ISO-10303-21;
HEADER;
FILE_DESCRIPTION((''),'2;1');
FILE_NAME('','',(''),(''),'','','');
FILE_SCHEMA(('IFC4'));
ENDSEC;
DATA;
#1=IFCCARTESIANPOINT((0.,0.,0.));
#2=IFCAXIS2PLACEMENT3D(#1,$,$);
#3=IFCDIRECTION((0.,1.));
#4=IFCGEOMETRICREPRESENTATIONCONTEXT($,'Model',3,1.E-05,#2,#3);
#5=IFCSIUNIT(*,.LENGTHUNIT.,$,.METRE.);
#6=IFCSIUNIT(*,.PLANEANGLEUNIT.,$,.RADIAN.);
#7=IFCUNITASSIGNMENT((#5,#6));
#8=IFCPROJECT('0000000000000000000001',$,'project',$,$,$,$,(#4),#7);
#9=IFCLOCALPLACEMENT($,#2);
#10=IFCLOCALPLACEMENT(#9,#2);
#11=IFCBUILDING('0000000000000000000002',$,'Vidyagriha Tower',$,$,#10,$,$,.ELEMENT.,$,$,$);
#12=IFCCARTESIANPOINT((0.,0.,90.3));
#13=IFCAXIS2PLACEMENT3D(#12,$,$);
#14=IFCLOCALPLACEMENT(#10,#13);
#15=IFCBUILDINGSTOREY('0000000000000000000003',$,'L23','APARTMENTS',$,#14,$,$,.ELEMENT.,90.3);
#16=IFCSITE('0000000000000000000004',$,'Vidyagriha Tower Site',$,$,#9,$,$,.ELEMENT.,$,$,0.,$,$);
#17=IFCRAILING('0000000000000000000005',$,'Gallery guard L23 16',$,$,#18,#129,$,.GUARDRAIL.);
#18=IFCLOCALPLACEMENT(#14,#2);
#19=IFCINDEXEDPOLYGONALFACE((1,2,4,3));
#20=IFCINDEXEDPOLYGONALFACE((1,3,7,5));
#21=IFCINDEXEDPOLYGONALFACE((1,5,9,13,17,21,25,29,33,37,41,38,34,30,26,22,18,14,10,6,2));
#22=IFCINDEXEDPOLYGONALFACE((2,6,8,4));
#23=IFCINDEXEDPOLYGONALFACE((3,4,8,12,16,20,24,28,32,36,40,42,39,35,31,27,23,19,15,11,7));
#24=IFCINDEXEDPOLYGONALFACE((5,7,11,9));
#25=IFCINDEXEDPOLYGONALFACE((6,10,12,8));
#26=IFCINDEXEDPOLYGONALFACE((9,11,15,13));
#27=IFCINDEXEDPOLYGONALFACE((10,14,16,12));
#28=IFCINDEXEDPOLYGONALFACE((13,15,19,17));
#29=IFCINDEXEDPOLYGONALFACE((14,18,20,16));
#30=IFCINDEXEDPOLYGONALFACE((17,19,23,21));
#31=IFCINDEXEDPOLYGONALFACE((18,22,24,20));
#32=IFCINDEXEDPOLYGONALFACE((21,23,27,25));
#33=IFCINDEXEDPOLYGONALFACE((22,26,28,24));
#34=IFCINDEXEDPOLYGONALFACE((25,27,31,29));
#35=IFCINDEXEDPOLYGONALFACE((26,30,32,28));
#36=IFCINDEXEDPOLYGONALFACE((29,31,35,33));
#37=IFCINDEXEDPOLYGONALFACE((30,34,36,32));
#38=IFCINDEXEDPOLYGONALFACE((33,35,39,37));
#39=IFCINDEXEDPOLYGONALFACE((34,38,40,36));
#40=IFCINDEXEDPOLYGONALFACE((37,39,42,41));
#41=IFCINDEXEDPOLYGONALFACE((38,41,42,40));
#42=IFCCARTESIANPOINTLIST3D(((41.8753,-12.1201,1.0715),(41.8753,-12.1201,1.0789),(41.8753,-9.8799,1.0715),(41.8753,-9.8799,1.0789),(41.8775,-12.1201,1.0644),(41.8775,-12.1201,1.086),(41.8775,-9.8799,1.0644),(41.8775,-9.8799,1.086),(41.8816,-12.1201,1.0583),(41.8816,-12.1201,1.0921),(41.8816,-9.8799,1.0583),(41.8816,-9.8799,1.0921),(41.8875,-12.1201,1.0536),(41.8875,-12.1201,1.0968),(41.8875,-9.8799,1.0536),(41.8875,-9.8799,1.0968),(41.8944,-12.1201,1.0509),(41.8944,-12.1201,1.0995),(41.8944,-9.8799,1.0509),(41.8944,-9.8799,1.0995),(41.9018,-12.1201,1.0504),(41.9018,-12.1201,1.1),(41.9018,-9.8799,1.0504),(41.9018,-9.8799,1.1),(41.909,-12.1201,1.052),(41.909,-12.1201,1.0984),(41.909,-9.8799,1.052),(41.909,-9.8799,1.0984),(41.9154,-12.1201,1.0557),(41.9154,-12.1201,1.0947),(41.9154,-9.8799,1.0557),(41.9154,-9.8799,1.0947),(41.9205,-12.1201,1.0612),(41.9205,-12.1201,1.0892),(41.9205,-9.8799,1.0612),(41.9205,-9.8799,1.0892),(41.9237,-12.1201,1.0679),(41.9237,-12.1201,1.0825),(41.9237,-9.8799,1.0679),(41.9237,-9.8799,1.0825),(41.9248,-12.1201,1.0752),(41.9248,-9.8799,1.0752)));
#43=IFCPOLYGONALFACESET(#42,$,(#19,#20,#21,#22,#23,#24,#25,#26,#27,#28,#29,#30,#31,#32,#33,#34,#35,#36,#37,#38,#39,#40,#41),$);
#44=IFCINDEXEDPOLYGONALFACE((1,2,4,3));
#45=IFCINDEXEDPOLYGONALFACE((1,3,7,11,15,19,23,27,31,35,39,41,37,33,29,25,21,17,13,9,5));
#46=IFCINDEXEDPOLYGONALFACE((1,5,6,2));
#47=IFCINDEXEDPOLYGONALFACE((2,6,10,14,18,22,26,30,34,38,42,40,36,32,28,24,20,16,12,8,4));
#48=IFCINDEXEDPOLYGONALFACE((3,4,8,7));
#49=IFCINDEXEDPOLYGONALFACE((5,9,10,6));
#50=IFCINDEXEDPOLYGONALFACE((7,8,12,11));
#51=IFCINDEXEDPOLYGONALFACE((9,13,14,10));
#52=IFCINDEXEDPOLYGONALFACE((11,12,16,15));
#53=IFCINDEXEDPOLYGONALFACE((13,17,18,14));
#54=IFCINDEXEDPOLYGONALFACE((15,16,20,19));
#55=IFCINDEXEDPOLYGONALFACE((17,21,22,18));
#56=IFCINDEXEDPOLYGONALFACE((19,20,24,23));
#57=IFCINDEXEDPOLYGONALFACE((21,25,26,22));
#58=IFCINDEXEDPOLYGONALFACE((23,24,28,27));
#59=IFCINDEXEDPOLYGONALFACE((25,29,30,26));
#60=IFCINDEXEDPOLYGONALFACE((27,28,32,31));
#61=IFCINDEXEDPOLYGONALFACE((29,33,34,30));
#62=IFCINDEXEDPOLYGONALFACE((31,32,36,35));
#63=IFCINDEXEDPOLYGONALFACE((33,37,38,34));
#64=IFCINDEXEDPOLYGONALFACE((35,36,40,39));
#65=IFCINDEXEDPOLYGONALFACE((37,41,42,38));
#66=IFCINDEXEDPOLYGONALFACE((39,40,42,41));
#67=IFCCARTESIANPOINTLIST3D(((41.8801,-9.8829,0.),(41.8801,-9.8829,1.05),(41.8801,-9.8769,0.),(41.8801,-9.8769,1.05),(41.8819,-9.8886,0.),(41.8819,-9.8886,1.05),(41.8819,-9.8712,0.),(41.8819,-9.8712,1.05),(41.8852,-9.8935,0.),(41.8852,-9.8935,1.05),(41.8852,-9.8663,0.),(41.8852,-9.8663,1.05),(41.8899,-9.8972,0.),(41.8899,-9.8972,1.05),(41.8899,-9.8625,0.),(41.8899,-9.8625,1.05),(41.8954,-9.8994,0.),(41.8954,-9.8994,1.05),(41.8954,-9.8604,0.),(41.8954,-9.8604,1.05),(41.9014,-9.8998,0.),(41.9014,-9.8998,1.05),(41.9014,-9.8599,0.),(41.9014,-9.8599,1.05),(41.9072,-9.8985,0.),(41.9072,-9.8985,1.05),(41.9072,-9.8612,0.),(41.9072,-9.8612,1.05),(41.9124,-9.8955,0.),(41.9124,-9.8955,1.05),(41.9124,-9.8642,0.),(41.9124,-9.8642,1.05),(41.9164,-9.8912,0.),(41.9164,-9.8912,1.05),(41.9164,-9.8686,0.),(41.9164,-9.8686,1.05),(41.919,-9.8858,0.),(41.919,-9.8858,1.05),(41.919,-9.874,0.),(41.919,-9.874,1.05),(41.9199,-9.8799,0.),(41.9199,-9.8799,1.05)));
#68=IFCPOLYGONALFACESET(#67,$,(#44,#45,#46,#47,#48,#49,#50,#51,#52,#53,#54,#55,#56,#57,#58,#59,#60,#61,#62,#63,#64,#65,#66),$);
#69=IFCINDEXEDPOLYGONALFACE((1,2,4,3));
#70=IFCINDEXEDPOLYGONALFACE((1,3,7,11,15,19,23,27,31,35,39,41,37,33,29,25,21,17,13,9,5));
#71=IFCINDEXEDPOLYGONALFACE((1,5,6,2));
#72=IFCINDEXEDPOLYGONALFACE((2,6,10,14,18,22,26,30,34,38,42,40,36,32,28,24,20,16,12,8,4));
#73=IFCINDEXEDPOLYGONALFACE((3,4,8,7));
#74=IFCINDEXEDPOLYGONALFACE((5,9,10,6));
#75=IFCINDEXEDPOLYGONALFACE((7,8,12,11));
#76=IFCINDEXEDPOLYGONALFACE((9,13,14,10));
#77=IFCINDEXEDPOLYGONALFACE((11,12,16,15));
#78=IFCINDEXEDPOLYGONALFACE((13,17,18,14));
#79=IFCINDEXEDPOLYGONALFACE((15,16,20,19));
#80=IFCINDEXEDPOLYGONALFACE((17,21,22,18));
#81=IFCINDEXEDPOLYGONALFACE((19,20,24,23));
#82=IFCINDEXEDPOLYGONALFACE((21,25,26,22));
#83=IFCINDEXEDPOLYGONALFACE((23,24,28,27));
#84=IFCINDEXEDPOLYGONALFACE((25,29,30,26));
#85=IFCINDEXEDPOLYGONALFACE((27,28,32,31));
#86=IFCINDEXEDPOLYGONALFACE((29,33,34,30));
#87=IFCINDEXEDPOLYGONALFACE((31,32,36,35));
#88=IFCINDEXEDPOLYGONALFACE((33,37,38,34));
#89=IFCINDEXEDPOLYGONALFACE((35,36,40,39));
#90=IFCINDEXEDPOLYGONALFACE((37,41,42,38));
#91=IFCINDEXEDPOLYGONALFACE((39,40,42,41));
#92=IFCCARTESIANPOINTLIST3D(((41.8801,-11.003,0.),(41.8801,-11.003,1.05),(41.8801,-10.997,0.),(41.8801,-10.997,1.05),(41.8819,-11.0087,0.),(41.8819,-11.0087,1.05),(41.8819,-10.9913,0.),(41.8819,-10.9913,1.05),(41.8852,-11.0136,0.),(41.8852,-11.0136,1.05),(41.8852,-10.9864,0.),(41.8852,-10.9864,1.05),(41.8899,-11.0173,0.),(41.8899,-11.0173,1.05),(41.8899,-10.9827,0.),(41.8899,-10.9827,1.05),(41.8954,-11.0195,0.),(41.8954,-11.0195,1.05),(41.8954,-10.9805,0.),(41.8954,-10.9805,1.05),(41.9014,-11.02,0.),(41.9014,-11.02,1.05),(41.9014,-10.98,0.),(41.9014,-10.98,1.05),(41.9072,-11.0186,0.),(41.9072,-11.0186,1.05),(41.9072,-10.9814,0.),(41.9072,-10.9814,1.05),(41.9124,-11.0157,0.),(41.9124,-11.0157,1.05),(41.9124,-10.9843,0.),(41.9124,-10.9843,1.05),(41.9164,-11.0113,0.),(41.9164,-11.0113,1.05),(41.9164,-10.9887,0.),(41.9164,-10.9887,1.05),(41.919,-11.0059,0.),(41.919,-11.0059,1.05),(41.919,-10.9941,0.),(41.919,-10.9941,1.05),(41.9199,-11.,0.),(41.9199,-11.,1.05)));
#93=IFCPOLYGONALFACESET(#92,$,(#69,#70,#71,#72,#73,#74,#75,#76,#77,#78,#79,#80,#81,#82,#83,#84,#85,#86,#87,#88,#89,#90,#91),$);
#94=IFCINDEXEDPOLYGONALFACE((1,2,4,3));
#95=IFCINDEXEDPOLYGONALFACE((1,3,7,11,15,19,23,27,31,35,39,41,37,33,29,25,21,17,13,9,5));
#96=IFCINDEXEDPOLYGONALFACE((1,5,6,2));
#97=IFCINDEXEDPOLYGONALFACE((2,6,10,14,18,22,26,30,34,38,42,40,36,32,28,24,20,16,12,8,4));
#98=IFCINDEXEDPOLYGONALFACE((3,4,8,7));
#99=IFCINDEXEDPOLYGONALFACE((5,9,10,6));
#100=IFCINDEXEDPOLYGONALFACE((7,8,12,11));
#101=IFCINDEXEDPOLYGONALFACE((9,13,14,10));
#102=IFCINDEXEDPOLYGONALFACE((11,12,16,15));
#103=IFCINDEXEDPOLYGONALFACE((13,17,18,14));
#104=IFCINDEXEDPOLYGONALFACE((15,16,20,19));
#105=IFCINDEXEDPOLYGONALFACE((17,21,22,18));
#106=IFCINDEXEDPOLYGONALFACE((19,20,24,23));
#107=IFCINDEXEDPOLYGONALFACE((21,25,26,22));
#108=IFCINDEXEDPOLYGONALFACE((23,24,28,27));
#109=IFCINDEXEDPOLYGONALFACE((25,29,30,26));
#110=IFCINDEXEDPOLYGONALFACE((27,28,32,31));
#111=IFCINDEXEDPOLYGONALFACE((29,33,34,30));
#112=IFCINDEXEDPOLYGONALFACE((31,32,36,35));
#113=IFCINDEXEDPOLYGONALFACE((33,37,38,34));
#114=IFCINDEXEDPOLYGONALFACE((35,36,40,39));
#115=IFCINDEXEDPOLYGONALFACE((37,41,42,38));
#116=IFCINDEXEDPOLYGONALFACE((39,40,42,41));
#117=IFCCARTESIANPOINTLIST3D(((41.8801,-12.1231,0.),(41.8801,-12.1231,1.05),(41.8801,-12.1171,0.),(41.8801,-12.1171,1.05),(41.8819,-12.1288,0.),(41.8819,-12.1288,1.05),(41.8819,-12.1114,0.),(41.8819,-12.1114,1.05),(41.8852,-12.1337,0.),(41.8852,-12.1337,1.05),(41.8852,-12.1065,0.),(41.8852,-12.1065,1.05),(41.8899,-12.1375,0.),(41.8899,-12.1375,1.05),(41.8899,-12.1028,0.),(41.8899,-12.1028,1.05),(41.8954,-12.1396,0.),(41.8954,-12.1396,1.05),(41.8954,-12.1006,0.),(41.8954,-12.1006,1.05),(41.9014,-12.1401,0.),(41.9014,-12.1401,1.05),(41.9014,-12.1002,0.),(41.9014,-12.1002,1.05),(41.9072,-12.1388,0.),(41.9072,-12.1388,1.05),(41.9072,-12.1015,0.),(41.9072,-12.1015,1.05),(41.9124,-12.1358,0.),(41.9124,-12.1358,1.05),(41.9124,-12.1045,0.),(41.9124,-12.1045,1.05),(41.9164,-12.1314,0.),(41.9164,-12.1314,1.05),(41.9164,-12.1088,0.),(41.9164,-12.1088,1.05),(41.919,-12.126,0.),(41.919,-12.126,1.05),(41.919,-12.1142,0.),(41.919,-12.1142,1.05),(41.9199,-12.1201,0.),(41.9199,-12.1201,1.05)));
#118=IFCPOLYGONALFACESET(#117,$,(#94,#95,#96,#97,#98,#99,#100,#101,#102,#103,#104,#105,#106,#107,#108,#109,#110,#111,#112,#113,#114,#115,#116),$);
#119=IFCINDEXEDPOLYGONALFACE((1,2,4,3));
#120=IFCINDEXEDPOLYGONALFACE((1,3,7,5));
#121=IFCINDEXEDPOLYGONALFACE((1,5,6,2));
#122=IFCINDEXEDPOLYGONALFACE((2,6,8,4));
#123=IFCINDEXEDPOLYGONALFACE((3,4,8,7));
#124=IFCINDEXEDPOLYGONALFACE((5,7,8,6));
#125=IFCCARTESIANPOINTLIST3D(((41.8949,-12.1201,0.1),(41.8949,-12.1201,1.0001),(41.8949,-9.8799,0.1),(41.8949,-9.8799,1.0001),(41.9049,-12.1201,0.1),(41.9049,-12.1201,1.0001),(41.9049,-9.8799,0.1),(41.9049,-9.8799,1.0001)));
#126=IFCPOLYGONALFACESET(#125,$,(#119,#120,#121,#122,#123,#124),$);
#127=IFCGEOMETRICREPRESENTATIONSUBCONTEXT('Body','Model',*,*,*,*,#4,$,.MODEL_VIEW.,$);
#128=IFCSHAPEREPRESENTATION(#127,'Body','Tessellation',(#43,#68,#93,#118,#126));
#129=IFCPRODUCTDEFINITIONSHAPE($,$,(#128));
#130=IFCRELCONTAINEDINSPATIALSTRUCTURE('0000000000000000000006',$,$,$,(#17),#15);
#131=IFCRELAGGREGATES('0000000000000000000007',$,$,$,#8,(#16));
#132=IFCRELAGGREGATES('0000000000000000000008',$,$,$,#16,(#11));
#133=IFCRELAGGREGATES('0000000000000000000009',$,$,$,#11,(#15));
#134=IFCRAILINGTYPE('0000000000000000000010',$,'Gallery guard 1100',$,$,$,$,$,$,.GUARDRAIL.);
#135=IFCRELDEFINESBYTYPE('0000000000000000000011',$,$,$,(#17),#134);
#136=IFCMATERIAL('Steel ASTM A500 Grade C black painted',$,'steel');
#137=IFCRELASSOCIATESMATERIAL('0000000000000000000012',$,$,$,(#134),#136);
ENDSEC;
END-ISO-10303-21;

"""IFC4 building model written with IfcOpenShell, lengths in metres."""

from ifc_helpers import new_model, si_unit, direction, frame, origin, origin_2d, place, context, subcontext, project, spatial, rectangle, circle, extrude, material, type_object, element, save


model = new_model("IFC4")

# Units and contexts
model_context = context("Model", 3, precision=1e-05, world=origin(), true_north=direction((0.0, 1.0)))
body_context = subcontext(model_context, "Body", "Model", "MODEL_VIEW")
ifc_project = project(units=[si_unit("LENGTHUNIT", "METRE"), si_unit("PLANEANGLEUNIT", "RADIAN")], contexts=[model_context])

# Site, building, storey
site_placement = place(None, origin())
site = spatial("IfcSite", under=ifc_project, at=site_placement, Name="Vidyagriha Tower Site", CompositionType="ELEMENT", RefElevation=0.0)
building_placement = place(site_placement, origin())
building = spatial("IfcBuilding", under=site, at=building_placement, Name="Vidyagriha Tower", CompositionType="ELEMENT")
storey_placement = place(building_placement, frame((0.0, 0.0, 90.3)))
storey = spatial("IfcBuildingStorey", under=building, at=storey_placement, Name="L23", Description="APARTMENTS", CompositionType="ELEMENT", Elevation=90.3)

# Railing
ifc_material_1 = material(Name="Steel ASTM A500 Grade C black painted", Category="steel")
railing_type_1 = type_object("IfcRailingType", Name="Gallery guard 1100", PredefinedType="GUARDRAIL", material=ifc_material_1)
railing_1_placement = place(storey_placement, frame((41.8999, -9.8799, 0.0)))
element("IfcRailing", 1, at=railing_1_placement, inside=storey, type_object=railing_type_1, Name="Gallery guard L23 16", PredefinedType="GUARDRAIL", context=body_context, shape_type="SweptSolid", body=[
    extrude(circle(Radius=0.0249, at=origin_2d()), frame((0.0, 0.0, 1.0752), z_axis=(0.0, -1.0, 0.0), x_axis=(1.0, 0.0, 0.0)), (0.0, 0.0, 1.0), 2.2402),
    extrude(circle(Radius=0.02, at=origin_2d()), origin(), (0.0, 0.0, 1.0), 1.05),
    extrude(circle(Radius=0.02, at=origin_2d()), frame((0.0, -1.1201, 0.0)), (0.0, 0.0, 1.0), 1.05),
    extrude(circle(Radius=0.02, at=origin_2d()), frame((0.0, -2.2402, 0.0)), (0.0, 0.0, 1.0), 1.05),
    extrude(rectangle(XDim=0.01, YDim=0.9001, at=origin_2d()), frame((0.0, 0.0, 0.55), z_axis=(0.0, -1.0, 0.0), x_axis=(1.0, 0.0, 0.0)), (0.0, 0.0, 1.0), 2.2402),
])

save(model, "model.ifc")
